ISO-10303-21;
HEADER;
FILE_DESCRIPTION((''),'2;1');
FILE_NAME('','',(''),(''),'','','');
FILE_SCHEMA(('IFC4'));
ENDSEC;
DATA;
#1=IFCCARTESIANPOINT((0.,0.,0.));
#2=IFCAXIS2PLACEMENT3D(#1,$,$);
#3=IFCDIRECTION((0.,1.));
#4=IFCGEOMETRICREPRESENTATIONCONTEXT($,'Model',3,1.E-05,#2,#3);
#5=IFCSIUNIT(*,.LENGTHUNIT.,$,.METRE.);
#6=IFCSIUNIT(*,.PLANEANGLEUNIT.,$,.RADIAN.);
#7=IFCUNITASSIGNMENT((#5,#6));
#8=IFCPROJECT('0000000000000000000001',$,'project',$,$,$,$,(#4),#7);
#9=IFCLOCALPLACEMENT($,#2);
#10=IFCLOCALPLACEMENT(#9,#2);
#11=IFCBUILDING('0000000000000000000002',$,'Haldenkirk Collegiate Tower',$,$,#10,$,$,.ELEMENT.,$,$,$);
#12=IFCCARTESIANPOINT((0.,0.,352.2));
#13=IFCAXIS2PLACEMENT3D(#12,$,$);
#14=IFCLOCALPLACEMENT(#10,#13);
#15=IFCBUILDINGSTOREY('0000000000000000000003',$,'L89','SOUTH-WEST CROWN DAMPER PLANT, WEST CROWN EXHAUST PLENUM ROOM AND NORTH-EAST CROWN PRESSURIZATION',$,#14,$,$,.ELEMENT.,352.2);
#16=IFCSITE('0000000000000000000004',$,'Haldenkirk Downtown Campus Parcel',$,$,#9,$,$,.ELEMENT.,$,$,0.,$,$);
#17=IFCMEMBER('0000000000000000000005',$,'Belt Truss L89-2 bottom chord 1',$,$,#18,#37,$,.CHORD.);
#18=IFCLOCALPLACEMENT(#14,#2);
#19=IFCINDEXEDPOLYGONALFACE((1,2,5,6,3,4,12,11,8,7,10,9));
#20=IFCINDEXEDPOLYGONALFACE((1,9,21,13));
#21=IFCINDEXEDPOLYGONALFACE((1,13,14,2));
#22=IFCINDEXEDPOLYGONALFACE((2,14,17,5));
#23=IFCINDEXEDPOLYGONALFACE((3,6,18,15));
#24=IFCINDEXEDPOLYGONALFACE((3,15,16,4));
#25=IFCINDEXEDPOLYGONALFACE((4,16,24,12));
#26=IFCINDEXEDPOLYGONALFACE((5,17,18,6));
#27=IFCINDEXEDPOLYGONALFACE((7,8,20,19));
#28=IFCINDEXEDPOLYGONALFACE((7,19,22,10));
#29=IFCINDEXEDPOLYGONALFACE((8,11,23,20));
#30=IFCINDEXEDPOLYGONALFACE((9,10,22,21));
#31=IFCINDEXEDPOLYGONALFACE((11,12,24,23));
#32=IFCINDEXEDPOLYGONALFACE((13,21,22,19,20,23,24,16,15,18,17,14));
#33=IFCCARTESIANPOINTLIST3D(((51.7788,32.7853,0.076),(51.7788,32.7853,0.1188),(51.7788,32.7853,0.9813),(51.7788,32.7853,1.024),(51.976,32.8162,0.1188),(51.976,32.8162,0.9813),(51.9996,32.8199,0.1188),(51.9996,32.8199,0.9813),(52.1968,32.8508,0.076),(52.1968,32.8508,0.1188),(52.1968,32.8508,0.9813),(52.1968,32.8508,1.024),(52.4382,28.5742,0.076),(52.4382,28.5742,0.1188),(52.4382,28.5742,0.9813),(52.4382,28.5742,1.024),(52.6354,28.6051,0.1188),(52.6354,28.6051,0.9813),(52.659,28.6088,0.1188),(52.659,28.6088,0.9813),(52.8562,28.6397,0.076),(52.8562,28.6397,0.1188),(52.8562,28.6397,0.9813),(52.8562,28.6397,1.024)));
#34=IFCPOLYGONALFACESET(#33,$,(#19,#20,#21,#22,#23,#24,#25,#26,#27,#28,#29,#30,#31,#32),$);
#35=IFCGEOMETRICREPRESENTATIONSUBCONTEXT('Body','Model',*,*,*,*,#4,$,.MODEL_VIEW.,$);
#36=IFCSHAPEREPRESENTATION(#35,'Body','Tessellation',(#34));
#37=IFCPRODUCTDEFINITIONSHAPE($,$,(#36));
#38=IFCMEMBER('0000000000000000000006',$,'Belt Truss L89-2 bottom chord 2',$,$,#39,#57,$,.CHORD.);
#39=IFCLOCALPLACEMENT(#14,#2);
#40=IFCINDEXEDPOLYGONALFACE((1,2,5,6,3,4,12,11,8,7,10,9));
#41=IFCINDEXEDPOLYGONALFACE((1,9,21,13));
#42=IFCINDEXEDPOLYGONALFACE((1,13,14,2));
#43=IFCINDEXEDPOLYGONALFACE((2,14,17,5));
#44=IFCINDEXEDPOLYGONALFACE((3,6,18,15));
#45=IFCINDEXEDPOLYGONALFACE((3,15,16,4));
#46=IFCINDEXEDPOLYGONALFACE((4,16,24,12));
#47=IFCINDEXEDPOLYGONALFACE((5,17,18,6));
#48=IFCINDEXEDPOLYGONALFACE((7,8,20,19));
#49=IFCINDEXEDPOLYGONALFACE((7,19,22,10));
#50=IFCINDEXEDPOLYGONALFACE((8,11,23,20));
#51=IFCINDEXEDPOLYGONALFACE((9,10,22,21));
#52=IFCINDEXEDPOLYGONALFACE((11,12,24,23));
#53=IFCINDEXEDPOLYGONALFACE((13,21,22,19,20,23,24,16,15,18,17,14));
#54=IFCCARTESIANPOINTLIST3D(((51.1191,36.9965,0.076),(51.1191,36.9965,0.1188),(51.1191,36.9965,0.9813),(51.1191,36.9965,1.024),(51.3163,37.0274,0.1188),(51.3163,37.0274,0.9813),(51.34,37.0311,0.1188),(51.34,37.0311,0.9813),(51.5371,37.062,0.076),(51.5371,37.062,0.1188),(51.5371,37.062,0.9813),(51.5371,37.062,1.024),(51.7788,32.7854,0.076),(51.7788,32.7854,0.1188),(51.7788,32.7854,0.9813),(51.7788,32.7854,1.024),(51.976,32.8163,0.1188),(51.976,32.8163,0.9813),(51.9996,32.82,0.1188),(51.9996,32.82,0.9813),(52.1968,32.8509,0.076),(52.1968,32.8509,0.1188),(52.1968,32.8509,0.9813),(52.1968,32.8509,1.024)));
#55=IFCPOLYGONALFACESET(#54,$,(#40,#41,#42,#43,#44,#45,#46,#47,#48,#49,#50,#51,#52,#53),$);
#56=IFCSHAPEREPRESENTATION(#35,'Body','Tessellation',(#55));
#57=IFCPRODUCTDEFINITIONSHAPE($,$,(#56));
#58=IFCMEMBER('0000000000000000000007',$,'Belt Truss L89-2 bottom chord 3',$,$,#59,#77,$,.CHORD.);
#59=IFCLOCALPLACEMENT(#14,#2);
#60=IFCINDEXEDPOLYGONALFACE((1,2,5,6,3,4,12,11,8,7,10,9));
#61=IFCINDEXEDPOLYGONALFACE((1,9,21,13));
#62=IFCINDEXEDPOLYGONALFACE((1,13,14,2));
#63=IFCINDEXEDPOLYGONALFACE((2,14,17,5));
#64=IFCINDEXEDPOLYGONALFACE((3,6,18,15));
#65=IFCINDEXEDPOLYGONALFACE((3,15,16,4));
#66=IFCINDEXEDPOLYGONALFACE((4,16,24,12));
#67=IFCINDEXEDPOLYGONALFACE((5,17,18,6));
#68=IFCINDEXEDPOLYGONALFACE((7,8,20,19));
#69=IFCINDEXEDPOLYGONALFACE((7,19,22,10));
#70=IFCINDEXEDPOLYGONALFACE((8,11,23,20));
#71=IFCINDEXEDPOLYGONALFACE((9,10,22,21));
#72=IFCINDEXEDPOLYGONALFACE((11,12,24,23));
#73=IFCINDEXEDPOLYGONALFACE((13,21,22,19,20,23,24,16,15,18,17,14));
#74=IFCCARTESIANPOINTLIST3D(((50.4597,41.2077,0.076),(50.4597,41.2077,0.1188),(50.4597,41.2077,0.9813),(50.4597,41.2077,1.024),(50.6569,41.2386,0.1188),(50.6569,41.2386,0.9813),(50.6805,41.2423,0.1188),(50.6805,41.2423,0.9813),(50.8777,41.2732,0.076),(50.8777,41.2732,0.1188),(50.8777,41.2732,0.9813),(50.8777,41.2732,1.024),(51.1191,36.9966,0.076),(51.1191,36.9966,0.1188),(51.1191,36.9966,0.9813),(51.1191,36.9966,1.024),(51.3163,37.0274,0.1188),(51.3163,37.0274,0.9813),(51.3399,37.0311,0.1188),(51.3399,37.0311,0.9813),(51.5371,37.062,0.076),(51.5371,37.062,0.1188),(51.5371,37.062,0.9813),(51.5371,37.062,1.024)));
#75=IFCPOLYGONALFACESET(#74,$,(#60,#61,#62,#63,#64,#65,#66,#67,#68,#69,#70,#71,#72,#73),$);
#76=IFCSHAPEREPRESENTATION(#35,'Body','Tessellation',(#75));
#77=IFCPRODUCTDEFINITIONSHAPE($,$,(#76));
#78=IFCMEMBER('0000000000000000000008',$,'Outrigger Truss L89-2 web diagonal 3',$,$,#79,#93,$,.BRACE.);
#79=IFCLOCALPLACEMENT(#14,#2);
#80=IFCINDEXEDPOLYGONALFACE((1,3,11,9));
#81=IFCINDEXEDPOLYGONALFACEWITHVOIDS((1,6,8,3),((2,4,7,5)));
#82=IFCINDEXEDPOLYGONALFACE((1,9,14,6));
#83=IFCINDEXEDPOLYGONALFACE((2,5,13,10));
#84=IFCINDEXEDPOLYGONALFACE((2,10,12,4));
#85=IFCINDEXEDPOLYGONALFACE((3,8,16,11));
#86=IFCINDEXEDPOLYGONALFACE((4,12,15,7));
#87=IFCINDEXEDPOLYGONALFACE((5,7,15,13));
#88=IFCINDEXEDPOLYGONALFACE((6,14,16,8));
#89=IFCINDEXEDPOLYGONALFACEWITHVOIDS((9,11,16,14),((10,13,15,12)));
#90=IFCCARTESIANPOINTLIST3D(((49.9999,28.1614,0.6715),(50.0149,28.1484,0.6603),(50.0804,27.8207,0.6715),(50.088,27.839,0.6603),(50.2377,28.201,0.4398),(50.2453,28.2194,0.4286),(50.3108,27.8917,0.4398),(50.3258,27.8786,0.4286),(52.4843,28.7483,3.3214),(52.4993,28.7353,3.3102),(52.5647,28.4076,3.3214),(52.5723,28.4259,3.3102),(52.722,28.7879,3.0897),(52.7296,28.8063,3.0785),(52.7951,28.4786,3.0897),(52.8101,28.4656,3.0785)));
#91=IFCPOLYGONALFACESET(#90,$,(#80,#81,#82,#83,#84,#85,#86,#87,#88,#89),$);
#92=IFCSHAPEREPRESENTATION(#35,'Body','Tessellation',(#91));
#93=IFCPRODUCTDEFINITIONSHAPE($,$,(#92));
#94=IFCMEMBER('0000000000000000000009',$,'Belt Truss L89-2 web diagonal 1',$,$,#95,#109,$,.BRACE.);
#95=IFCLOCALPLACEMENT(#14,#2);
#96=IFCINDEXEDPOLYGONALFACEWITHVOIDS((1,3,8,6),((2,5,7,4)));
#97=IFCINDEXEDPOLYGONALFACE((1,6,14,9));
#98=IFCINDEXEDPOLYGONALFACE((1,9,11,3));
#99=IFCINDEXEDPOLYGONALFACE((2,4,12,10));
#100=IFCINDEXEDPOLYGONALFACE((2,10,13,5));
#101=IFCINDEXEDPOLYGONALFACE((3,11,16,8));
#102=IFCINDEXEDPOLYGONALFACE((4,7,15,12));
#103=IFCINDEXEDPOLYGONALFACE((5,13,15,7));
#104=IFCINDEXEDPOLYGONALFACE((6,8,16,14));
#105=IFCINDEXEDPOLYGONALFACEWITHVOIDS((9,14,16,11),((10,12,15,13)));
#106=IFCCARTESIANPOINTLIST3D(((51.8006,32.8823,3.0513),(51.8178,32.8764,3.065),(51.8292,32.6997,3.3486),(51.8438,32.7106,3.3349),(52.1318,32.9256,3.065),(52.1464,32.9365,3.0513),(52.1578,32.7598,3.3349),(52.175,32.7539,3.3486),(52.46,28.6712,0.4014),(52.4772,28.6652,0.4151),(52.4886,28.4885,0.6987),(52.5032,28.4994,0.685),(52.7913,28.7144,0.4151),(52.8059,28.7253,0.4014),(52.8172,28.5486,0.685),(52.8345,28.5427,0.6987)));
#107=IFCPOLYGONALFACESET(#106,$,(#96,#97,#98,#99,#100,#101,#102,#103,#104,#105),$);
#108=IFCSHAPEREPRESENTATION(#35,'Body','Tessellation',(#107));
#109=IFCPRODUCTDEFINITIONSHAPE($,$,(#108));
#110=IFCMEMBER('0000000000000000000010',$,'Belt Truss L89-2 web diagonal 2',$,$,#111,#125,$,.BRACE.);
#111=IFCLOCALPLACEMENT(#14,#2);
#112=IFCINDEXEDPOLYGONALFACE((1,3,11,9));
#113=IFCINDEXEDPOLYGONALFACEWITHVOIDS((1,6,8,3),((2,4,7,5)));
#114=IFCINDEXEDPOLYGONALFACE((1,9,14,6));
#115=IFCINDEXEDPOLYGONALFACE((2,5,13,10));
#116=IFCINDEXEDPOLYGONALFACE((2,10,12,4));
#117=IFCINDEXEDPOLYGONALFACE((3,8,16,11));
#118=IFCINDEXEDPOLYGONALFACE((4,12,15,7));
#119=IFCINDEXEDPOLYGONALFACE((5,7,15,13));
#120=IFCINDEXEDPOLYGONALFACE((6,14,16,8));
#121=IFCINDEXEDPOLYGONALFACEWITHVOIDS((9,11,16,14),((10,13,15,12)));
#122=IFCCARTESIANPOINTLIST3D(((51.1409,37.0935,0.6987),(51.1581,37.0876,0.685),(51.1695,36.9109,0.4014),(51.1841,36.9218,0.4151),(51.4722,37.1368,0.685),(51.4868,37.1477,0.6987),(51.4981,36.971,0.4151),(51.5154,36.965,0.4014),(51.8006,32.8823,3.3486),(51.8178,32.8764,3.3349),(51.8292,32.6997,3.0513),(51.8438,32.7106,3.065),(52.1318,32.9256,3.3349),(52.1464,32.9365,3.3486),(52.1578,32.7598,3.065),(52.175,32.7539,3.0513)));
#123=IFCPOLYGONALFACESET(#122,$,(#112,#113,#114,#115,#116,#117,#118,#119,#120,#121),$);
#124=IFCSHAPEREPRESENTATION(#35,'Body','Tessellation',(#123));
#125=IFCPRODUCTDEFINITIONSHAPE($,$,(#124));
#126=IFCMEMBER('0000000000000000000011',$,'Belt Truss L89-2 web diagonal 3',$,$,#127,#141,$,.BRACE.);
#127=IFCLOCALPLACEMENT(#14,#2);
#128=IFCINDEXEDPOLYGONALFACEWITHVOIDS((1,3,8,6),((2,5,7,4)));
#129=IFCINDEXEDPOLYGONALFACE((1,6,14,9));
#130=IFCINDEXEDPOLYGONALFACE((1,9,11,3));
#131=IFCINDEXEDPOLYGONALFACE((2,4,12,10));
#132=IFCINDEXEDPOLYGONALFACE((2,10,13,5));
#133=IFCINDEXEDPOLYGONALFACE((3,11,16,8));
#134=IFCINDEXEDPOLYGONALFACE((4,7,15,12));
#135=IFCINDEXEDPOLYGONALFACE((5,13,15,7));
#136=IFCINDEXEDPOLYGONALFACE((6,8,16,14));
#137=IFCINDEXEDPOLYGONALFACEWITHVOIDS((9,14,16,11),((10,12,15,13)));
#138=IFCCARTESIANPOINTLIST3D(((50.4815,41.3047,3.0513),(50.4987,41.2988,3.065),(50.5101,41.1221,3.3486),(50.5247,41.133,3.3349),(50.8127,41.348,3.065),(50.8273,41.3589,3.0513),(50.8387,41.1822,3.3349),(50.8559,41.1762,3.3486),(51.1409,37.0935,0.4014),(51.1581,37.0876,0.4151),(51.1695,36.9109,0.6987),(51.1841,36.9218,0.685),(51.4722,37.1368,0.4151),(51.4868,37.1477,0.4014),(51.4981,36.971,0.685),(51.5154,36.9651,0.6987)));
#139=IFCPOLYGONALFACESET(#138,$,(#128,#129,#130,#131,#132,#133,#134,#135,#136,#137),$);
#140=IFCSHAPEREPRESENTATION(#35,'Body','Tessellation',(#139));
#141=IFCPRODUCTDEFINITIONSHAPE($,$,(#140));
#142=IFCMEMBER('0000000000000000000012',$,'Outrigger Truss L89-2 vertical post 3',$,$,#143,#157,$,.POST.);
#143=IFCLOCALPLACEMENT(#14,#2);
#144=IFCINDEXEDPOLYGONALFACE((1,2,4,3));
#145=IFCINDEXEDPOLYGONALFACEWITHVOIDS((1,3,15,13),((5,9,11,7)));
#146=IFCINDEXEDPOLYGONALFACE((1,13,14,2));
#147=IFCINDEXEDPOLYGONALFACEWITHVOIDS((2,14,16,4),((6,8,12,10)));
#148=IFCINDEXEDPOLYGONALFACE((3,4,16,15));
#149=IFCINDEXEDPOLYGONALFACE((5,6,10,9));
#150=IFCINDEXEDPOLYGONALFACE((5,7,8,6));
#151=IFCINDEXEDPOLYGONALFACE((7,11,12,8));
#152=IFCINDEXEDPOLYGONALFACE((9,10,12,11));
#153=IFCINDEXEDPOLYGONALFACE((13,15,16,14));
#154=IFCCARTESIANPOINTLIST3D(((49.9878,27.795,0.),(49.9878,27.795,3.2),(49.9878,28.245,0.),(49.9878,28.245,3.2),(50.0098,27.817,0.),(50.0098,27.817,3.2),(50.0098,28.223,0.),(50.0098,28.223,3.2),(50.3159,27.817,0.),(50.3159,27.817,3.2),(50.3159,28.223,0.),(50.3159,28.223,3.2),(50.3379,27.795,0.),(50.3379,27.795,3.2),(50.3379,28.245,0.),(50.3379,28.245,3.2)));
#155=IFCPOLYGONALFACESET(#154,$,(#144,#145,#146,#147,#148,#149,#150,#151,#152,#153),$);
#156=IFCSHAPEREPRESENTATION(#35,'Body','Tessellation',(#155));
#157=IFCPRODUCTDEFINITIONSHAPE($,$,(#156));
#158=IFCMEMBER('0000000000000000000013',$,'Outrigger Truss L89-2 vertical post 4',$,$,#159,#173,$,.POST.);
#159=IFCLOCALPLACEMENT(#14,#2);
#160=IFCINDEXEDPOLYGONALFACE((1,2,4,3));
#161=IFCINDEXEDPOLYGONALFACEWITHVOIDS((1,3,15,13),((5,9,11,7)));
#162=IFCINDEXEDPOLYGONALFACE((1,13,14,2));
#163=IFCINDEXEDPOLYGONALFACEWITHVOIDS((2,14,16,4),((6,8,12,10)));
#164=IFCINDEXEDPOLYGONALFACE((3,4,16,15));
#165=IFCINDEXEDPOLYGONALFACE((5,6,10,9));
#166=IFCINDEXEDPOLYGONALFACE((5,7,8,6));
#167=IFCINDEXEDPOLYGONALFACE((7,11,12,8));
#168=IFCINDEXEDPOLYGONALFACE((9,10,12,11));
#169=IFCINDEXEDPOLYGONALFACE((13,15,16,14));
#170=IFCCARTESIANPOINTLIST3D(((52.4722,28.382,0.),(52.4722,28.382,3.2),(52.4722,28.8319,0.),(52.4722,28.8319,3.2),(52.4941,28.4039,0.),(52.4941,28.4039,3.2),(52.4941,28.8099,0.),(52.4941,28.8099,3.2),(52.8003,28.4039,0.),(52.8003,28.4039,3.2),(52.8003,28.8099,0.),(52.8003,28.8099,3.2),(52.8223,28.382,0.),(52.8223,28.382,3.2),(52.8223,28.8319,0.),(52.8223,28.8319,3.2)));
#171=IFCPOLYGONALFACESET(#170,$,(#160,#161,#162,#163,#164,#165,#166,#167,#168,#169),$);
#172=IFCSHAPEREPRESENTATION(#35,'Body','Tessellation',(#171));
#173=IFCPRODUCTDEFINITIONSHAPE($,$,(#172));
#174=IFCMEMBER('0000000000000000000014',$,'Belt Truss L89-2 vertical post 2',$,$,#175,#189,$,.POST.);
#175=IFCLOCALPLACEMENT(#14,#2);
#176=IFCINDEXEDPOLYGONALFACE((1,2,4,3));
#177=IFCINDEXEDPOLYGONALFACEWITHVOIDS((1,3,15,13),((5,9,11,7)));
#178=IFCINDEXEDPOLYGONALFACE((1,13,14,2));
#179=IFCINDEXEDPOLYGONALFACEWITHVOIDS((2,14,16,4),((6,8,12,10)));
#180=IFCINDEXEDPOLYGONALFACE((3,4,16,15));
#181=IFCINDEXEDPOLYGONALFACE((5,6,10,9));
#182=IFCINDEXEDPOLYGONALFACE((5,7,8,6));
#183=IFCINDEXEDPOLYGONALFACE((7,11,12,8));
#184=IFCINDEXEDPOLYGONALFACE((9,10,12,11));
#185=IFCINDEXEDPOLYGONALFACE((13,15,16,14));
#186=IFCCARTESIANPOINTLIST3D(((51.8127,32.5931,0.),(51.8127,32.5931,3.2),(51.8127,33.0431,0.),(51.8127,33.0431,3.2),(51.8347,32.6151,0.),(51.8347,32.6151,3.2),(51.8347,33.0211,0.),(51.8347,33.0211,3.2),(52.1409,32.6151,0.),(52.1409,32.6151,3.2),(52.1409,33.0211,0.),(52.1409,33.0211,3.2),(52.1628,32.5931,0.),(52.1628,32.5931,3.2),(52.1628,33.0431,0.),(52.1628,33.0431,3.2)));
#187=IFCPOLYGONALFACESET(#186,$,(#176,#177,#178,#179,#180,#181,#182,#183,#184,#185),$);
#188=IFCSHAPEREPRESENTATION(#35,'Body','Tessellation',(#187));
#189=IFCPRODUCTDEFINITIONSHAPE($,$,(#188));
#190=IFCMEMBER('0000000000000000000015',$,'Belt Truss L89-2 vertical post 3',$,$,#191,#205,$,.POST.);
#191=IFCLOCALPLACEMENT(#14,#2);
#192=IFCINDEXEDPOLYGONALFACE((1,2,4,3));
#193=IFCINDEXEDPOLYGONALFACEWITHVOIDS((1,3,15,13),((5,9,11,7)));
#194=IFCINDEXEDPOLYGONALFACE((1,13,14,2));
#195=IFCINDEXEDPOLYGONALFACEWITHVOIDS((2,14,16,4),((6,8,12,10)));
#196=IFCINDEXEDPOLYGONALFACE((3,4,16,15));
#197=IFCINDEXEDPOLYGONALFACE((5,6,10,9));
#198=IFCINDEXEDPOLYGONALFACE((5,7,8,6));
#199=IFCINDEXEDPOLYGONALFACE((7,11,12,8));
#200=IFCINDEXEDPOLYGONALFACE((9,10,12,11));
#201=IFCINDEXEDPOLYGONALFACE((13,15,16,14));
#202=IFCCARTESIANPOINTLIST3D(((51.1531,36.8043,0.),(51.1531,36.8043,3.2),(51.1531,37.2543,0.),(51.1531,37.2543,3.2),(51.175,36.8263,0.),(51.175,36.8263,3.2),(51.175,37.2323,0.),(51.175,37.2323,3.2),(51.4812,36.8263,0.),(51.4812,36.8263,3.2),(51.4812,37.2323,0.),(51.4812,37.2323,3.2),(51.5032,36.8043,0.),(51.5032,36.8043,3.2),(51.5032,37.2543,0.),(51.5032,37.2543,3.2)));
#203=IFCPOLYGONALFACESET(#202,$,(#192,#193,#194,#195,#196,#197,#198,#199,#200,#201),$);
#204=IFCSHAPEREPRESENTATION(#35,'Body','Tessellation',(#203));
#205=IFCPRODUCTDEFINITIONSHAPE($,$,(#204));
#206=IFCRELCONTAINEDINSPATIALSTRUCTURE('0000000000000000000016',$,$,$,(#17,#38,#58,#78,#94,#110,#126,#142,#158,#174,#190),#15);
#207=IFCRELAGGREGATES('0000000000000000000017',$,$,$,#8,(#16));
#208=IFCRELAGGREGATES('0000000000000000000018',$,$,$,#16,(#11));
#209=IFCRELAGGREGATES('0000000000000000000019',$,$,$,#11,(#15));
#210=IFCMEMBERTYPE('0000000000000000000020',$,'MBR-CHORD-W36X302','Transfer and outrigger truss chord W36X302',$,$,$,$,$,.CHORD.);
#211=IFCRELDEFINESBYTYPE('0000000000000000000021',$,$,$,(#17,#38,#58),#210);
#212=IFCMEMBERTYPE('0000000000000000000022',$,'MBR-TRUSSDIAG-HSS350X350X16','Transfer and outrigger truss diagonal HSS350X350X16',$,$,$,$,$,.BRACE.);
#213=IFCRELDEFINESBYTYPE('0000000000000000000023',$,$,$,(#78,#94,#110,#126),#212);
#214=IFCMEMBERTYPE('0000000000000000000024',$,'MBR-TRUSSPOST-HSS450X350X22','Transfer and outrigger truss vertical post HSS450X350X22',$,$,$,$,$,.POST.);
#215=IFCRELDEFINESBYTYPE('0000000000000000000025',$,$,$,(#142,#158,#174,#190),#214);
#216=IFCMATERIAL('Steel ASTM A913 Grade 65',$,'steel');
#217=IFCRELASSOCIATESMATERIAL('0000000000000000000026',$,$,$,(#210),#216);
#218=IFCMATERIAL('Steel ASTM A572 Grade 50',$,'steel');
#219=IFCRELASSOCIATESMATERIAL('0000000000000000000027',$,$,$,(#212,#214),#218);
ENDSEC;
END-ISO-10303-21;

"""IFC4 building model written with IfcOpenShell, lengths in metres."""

from ifc_helpers import new_model, si_unit, direction, frame, origin, origin_2d, place, context, subcontext, project, spatial, hollow_rectangle, i_section, extrude, material, material_profile, profile_set, type_object, element, save


model = new_model("IFC4")

# Units and contexts
model_context = context("Model", 3, precision=1e-05, world=origin(), true_north=direction((0.0, 1.0)))
body_context = subcontext(model_context, "Body", "Model", "MODEL_VIEW")
ifc_project = project(units=[si_unit("LENGTHUNIT", "METRE"), si_unit("PLANEANGLEUNIT", "RADIAN")], contexts=[model_context])

# Site, building, storey
site_placement = place(None, origin())
site = spatial("IfcSite", under=ifc_project, at=site_placement, Name="Haldenkirk Downtown Campus Parcel", CompositionType="ELEMENT", RefElevation=0.0)
building_placement = place(site_placement, origin())
building = spatial("IfcBuilding", under=site, at=building_placement, Name="Haldenkirk Collegiate Tower", CompositionType="ELEMENT")
storey_placement = place(building_placement, frame((0.0, 0.0, 352.2)))
storey = spatial("IfcBuildingStorey", under=building, at=storey_placement, Name="L89", Description="SOUTH-WEST CROWN DAMPER PLANT, WEST CROWN EXHAUST PLENUM ROOM AND NORTH-EAST CROWN PRESSURIZATION", CompositionType="ELEMENT", Elevation=352.2)

# Shared definitions
ifc_material_1 = material(Name="Steel ASTM A913 Grade 65", Category="steel")

# Members
ifc_material_2 = material(Name="Steel ASTM A572 Grade 50", Category="steel")
ifc_material_profile_1 = material_profile(ifc_material_1, i_section(OverallWidth=0.4231, OverallDepth=0.948, WebThickness=0.0239, FlangeThickness=0.0427, at=origin_2d()), Name="W36X302")
ifc_profile_set_1 = profile_set([ifc_material_profile_1], Name="Steel ASTM A913 Grade 65")
member_type_1 = type_object("IfcMemberType", Name="MBR-CHORD-W36X302", Description="Transfer and outrigger truss chord W36X302", PredefinedType="CHORD", material=ifc_profile_set_1)
for number, where, z_axis, x_axis, name in (
    (1, (52.6472, 28.6069, 0.55), (-0.154704, 0.987961, 0.0), (-0.987961, -0.154704, 0.0), "Belt Truss L89-2 bottom chord 1"),
    (2, (51.9878, 32.8181, 0.55), (-0.15476, 0.987952, 0.0), (-0.987952, -0.15476, 0.0), "Belt Truss L89-2 bottom chord 2"),
    (3, (51.3281, 37.0293, 0.55), (-0.154704, 0.987961, 0.0), (-0.987961, -0.154704, 0.0), "Belt Truss L89-2 bottom chord 3"),
):
    element("IfcMember", number, at=place(storey_placement, frame(where, z_axis=z_axis, x_axis=x_axis)), inside=storey, type_object=member_type_1, Name=name, PredefinedType="CHORD", context=body_context, shape_type="SweptSolid", body=[
        extrude(i_section(OverallWidth=0.4231, OverallDepth=0.948, WebThickness=0.0239, FlangeThickness=0.0427, at=origin_2d()), origin(), (0.0, 0.0, 1.0), 4.2625),
    ])
ifc_material_profile_2 = material_profile(ifc_material_2, hollow_rectangle(XDim=0.3501, YDim=0.3501, WallThickness=0.0161, at=origin_2d()), Name="HSS350X350X16")
ifc_profile_set_2 = profile_set([ifc_material_profile_2], Name="Steel ASTM A572 Grade 50")
member_type_2 = type_object("IfcMemberType", Name="MBR-TRUSSDIAG-HSS350X350X16", Description="Transfer and outrigger truss diagonal HSS350X350X16", PredefinedType="BRACE", material=ifc_profile_set_2)
member_1_placement = place(storey_placement, frame((50.1628, 28.02, 0.55), z_axis=(0.675197, 0.15951, 0.720184), x_axis=(-0.229913, 0.973211, 0.0)))
element("IfcMember", 4, at=member_1_placement, inside=storey, type_object=member_type_2, Name="Outrigger Truss L89-2 web diagonal 3", PredefinedType="BRACE", context=body_context, shape_type="SweptSolid", body=[
    extrude(hollow_rectangle(XDim=0.3501, YDim=0.3501, WallThickness=0.0161, at=origin_2d()), origin(), (0.0, 0.0, 1.0), 3.6794),
])
for number, where, z_axis, x_axis, name in (
    (5, (52.6472, 28.6069, 0.55), (-0.131384, 0.839039, 0.527969), (-0.987961, -0.154704, 0.0), "Belt Truss L89-2 web diagonal 1"),
    (6, (51.9878, 32.8181, 3.2), (-0.131432, 0.839034, -0.527965), (-0.987952, -0.15476, 0.0), "Belt Truss L89-2 web diagonal 2"),
    (7, (51.3281, 37.0293, 0.55), (-0.131384, 0.839039, 0.527969), (-0.987961, -0.154704, 0.0), "Belt Truss L89-2 web diagonal 3"),
):
    element("IfcMember", number, at=place(storey_placement, frame(where, z_axis=z_axis, x_axis=x_axis)), inside=storey, type_object=member_type_2, Name=name, PredefinedType="BRACE", context=body_context, shape_type="SweptSolid", body=[
        extrude(hollow_rectangle(XDim=0.3501, YDim=0.3501, WallThickness=0.0161, at=origin_2d()), origin(), (0.0, 0.0, 1.0), 5.019),
    ])
ifc_material_profile_3 = material_profile(ifc_material_2, hollow_rectangle(XDim=0.3501, YDim=0.45, WallThickness=0.022, at=origin_2d()), Name="HSS450X350X22")
ifc_profile_set_3 = profile_set([ifc_material_profile_3], Name="Steel ASTM A572 Grade 50")
member_type_3 = type_object("IfcMemberType", Name="MBR-TRUSSPOST-HSS450X350X22", Description="Transfer and outrigger truss vertical post HSS450X350X22", PredefinedType="POST", material=ifc_profile_set_3)
for number, where, z_axis, x_axis, name in (
    (8, (50.1628, 28.02, 0.0), (0.0, 0.0, 1.0), (1.0, 0.0, 0.0), "Outrigger Truss L89-2 vertical post 3"),
    (9, (52.6472, 28.6069, 0.0), (0.0, 0.0, 1.0), (1.0, 0.0, 0.0), "Outrigger Truss L89-2 vertical post 4"),
    (10, (51.9878, 32.8181, 0.0), (0.0, 0.0, 1.0), (1.0, 0.0, 0.0), "Belt Truss L89-2 vertical post 2"),
    (11, (51.3281, 37.0293, 0.0), (0.0, 0.0, 1.0), (1.0, 0.0, 0.0), "Belt Truss L89-2 vertical post 3"),
):
    element("IfcMember", number, at=place(storey_placement, frame(where, z_axis=z_axis, x_axis=x_axis)), inside=storey, type_object=member_type_3, Name=name, PredefinedType="POST", context=body_context, shape_type="SweptSolid", body=[
        extrude(hollow_rectangle(XDim=0.3501, YDim=0.45, WallThickness=0.022, at=origin_2d()), origin(), (0.0, 0.0, 1.0), 3.2),
    ])

save(model, "model.ifc")
